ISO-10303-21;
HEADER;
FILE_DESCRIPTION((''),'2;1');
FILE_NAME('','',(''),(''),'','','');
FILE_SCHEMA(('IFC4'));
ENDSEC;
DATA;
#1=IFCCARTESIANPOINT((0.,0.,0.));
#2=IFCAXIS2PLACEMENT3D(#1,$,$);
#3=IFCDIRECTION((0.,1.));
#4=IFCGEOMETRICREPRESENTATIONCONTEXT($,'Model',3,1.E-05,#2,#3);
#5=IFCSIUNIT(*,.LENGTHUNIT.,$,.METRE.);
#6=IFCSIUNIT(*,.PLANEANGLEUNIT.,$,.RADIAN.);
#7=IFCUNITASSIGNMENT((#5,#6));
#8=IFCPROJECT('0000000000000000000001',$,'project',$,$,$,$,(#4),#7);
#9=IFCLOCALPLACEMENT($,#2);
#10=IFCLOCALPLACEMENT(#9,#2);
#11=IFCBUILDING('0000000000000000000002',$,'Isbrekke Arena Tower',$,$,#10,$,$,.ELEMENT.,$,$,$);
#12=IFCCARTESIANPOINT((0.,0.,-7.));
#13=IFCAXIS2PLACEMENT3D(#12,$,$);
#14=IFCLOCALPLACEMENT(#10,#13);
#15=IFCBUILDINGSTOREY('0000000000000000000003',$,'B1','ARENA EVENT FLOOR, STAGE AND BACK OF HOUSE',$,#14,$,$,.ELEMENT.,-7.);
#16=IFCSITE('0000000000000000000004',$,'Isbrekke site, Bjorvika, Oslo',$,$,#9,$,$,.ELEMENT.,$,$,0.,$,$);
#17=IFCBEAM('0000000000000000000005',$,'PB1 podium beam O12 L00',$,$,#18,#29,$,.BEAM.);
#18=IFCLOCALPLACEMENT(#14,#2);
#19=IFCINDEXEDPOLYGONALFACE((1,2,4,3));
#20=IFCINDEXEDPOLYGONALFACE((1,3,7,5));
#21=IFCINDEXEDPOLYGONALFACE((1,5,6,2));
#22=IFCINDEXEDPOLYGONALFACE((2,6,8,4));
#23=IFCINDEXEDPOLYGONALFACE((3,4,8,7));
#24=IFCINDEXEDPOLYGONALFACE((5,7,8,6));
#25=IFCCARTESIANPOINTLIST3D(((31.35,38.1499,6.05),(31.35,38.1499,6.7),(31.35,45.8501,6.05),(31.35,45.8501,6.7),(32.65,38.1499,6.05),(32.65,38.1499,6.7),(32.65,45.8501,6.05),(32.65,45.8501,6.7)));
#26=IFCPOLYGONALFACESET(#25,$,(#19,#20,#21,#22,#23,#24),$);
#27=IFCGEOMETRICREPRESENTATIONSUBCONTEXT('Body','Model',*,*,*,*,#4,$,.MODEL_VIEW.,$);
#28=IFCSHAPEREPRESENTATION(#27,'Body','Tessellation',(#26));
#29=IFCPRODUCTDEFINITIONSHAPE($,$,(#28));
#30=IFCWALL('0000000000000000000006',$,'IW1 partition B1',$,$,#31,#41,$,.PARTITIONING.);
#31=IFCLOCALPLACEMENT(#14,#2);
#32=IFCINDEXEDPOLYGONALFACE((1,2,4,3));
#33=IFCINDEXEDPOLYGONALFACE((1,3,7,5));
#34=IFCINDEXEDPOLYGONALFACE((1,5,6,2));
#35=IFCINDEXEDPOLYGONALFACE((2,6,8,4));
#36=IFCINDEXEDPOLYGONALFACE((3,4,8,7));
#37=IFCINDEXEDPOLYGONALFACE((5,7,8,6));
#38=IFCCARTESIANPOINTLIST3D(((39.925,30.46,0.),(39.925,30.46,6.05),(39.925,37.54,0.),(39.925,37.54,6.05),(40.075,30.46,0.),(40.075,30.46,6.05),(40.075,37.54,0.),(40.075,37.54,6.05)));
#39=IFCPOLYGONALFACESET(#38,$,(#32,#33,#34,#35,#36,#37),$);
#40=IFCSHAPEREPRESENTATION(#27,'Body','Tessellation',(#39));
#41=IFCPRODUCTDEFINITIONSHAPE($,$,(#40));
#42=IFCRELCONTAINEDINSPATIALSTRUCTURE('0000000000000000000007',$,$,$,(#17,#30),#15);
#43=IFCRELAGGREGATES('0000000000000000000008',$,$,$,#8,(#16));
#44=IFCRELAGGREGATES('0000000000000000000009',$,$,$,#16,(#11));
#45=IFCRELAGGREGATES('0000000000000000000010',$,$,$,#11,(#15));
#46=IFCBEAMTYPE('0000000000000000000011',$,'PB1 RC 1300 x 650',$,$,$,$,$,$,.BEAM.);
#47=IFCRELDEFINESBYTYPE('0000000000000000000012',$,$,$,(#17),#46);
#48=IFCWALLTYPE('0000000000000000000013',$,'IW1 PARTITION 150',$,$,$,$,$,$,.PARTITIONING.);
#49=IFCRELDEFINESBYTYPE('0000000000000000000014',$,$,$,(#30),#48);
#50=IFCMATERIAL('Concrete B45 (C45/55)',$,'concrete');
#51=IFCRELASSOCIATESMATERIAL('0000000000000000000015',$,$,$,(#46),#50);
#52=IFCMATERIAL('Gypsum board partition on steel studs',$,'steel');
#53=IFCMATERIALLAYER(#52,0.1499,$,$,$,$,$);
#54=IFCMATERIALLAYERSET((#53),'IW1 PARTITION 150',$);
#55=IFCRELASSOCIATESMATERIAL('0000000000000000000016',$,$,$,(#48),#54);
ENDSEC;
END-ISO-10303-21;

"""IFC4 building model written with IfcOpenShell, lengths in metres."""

from ifc_helpers import new_model, si_unit, direction, frame, frame_2d, origin, origin_2d, place, context, subcontext, project, spatial, rectangle, extrude, material, layer, layer_set, material_profile, profile_set, type_object, element, save


model = new_model("IFC4")

# Units and contexts
model_context = context("Model", 3, precision=1e-05, world=origin(), true_north=direction((0.0, 1.0)))
body_context = subcontext(model_context, "Body", "Model", "MODEL_VIEW")
ifc_project = project(units=[si_unit("LENGTHUNIT", "METRE"), si_unit("PLANEANGLEUNIT", "RADIAN")], contexts=[model_context])

# Site, building, storey
site_placement = place(None, origin())
site = spatial("IfcSite", under=ifc_project, at=site_placement, Name="Isbrekke site, Bjorvika, Oslo", CompositionType="ELEMENT", RefElevation=0.0)
building_placement = place(site_placement, origin())
building = spatial("IfcBuilding", under=site, at=building_placement, Name="Isbrekke Arena Tower", CompositionType="ELEMENT")
storey_placement = place(building_placement, frame((0.0, 0.0, -7.0)))
storey = spatial("IfcBuildingStorey", under=building, at=storey_placement, Name="B1", Description="ARENA EVENT FLOOR, STAGE AND BACK OF HOUSE", CompositionType="ELEMENT", Elevation=-7.0)

# Beam
ifc_material_1 = material(Name="Concrete B45 (C45/55)", Category="concrete")
ifc_material_profile_1 = material_profile(ifc_material_1, rectangle(XDim=1.3, YDim=0.6499, at=origin_2d()), Name="RC 1300x650")
ifc_profile_set_1 = profile_set([ifc_material_profile_1], Name="Concrete B45 (C45/55)")
beam_type = type_object("IfcBeamType", Name="PB1 RC 1300 x 650", PredefinedType="BEAM", material=ifc_profile_set_1)
for number, where, z_axis, x_axis, name in (
    (1, (32.0, 38.1499, 6.375), (0.0, 1.0, 0.0), (-1.0, 0.0, 0.0), "PB1 podium beam O12 L00"),
):
    element("IfcBeam", number, at=place(storey_placement, frame(where, z_axis=z_axis, x_axis=x_axis)), inside=storey, type_object=beam_type, Name=name, PredefinedType="BEAM", context=body_context, shape_type="SweptSolid", body=[
        extrude(rectangle(XDim=1.3, YDim=0.6499, at=origin_2d()), origin(), (0.0, 0.0, 1.0), 7.7002),
    ])

# Wall
ifc_material_2 = material(Name="Gypsum board partition on steel studs", Category="steel")
ifc_layer = layer(ifc_material_2, 0.1499)
ifc_layer_set = layer_set([ifc_layer], Name="IW1 PARTITION 150")
wall_type = type_object("IfcWallType", Name="IW1 PARTITION 150", PredefinedType="PARTITIONING", material=ifc_layer_set)
wall_placement = place(storey_placement, frame((40.0, 30.46, 0.0), z_axis=(0.0, 0.0, 1.0), x_axis=(0.0, 1.0, 0.0)))
element("IfcWall", 2, at=wall_placement, inside=storey, type_object=wall_type, Name="IW1 partition B1", PredefinedType="PARTITIONING", context=body_context, shape_type="SweptSolid", body=[
    extrude(rectangle(XDim=7.0801, YDim=0.1499, at=frame_2d((3.54, 0.0))), origin(), (0.0, 0.0, 1.0), 6.05),
])

save(model, "model.ifc")
